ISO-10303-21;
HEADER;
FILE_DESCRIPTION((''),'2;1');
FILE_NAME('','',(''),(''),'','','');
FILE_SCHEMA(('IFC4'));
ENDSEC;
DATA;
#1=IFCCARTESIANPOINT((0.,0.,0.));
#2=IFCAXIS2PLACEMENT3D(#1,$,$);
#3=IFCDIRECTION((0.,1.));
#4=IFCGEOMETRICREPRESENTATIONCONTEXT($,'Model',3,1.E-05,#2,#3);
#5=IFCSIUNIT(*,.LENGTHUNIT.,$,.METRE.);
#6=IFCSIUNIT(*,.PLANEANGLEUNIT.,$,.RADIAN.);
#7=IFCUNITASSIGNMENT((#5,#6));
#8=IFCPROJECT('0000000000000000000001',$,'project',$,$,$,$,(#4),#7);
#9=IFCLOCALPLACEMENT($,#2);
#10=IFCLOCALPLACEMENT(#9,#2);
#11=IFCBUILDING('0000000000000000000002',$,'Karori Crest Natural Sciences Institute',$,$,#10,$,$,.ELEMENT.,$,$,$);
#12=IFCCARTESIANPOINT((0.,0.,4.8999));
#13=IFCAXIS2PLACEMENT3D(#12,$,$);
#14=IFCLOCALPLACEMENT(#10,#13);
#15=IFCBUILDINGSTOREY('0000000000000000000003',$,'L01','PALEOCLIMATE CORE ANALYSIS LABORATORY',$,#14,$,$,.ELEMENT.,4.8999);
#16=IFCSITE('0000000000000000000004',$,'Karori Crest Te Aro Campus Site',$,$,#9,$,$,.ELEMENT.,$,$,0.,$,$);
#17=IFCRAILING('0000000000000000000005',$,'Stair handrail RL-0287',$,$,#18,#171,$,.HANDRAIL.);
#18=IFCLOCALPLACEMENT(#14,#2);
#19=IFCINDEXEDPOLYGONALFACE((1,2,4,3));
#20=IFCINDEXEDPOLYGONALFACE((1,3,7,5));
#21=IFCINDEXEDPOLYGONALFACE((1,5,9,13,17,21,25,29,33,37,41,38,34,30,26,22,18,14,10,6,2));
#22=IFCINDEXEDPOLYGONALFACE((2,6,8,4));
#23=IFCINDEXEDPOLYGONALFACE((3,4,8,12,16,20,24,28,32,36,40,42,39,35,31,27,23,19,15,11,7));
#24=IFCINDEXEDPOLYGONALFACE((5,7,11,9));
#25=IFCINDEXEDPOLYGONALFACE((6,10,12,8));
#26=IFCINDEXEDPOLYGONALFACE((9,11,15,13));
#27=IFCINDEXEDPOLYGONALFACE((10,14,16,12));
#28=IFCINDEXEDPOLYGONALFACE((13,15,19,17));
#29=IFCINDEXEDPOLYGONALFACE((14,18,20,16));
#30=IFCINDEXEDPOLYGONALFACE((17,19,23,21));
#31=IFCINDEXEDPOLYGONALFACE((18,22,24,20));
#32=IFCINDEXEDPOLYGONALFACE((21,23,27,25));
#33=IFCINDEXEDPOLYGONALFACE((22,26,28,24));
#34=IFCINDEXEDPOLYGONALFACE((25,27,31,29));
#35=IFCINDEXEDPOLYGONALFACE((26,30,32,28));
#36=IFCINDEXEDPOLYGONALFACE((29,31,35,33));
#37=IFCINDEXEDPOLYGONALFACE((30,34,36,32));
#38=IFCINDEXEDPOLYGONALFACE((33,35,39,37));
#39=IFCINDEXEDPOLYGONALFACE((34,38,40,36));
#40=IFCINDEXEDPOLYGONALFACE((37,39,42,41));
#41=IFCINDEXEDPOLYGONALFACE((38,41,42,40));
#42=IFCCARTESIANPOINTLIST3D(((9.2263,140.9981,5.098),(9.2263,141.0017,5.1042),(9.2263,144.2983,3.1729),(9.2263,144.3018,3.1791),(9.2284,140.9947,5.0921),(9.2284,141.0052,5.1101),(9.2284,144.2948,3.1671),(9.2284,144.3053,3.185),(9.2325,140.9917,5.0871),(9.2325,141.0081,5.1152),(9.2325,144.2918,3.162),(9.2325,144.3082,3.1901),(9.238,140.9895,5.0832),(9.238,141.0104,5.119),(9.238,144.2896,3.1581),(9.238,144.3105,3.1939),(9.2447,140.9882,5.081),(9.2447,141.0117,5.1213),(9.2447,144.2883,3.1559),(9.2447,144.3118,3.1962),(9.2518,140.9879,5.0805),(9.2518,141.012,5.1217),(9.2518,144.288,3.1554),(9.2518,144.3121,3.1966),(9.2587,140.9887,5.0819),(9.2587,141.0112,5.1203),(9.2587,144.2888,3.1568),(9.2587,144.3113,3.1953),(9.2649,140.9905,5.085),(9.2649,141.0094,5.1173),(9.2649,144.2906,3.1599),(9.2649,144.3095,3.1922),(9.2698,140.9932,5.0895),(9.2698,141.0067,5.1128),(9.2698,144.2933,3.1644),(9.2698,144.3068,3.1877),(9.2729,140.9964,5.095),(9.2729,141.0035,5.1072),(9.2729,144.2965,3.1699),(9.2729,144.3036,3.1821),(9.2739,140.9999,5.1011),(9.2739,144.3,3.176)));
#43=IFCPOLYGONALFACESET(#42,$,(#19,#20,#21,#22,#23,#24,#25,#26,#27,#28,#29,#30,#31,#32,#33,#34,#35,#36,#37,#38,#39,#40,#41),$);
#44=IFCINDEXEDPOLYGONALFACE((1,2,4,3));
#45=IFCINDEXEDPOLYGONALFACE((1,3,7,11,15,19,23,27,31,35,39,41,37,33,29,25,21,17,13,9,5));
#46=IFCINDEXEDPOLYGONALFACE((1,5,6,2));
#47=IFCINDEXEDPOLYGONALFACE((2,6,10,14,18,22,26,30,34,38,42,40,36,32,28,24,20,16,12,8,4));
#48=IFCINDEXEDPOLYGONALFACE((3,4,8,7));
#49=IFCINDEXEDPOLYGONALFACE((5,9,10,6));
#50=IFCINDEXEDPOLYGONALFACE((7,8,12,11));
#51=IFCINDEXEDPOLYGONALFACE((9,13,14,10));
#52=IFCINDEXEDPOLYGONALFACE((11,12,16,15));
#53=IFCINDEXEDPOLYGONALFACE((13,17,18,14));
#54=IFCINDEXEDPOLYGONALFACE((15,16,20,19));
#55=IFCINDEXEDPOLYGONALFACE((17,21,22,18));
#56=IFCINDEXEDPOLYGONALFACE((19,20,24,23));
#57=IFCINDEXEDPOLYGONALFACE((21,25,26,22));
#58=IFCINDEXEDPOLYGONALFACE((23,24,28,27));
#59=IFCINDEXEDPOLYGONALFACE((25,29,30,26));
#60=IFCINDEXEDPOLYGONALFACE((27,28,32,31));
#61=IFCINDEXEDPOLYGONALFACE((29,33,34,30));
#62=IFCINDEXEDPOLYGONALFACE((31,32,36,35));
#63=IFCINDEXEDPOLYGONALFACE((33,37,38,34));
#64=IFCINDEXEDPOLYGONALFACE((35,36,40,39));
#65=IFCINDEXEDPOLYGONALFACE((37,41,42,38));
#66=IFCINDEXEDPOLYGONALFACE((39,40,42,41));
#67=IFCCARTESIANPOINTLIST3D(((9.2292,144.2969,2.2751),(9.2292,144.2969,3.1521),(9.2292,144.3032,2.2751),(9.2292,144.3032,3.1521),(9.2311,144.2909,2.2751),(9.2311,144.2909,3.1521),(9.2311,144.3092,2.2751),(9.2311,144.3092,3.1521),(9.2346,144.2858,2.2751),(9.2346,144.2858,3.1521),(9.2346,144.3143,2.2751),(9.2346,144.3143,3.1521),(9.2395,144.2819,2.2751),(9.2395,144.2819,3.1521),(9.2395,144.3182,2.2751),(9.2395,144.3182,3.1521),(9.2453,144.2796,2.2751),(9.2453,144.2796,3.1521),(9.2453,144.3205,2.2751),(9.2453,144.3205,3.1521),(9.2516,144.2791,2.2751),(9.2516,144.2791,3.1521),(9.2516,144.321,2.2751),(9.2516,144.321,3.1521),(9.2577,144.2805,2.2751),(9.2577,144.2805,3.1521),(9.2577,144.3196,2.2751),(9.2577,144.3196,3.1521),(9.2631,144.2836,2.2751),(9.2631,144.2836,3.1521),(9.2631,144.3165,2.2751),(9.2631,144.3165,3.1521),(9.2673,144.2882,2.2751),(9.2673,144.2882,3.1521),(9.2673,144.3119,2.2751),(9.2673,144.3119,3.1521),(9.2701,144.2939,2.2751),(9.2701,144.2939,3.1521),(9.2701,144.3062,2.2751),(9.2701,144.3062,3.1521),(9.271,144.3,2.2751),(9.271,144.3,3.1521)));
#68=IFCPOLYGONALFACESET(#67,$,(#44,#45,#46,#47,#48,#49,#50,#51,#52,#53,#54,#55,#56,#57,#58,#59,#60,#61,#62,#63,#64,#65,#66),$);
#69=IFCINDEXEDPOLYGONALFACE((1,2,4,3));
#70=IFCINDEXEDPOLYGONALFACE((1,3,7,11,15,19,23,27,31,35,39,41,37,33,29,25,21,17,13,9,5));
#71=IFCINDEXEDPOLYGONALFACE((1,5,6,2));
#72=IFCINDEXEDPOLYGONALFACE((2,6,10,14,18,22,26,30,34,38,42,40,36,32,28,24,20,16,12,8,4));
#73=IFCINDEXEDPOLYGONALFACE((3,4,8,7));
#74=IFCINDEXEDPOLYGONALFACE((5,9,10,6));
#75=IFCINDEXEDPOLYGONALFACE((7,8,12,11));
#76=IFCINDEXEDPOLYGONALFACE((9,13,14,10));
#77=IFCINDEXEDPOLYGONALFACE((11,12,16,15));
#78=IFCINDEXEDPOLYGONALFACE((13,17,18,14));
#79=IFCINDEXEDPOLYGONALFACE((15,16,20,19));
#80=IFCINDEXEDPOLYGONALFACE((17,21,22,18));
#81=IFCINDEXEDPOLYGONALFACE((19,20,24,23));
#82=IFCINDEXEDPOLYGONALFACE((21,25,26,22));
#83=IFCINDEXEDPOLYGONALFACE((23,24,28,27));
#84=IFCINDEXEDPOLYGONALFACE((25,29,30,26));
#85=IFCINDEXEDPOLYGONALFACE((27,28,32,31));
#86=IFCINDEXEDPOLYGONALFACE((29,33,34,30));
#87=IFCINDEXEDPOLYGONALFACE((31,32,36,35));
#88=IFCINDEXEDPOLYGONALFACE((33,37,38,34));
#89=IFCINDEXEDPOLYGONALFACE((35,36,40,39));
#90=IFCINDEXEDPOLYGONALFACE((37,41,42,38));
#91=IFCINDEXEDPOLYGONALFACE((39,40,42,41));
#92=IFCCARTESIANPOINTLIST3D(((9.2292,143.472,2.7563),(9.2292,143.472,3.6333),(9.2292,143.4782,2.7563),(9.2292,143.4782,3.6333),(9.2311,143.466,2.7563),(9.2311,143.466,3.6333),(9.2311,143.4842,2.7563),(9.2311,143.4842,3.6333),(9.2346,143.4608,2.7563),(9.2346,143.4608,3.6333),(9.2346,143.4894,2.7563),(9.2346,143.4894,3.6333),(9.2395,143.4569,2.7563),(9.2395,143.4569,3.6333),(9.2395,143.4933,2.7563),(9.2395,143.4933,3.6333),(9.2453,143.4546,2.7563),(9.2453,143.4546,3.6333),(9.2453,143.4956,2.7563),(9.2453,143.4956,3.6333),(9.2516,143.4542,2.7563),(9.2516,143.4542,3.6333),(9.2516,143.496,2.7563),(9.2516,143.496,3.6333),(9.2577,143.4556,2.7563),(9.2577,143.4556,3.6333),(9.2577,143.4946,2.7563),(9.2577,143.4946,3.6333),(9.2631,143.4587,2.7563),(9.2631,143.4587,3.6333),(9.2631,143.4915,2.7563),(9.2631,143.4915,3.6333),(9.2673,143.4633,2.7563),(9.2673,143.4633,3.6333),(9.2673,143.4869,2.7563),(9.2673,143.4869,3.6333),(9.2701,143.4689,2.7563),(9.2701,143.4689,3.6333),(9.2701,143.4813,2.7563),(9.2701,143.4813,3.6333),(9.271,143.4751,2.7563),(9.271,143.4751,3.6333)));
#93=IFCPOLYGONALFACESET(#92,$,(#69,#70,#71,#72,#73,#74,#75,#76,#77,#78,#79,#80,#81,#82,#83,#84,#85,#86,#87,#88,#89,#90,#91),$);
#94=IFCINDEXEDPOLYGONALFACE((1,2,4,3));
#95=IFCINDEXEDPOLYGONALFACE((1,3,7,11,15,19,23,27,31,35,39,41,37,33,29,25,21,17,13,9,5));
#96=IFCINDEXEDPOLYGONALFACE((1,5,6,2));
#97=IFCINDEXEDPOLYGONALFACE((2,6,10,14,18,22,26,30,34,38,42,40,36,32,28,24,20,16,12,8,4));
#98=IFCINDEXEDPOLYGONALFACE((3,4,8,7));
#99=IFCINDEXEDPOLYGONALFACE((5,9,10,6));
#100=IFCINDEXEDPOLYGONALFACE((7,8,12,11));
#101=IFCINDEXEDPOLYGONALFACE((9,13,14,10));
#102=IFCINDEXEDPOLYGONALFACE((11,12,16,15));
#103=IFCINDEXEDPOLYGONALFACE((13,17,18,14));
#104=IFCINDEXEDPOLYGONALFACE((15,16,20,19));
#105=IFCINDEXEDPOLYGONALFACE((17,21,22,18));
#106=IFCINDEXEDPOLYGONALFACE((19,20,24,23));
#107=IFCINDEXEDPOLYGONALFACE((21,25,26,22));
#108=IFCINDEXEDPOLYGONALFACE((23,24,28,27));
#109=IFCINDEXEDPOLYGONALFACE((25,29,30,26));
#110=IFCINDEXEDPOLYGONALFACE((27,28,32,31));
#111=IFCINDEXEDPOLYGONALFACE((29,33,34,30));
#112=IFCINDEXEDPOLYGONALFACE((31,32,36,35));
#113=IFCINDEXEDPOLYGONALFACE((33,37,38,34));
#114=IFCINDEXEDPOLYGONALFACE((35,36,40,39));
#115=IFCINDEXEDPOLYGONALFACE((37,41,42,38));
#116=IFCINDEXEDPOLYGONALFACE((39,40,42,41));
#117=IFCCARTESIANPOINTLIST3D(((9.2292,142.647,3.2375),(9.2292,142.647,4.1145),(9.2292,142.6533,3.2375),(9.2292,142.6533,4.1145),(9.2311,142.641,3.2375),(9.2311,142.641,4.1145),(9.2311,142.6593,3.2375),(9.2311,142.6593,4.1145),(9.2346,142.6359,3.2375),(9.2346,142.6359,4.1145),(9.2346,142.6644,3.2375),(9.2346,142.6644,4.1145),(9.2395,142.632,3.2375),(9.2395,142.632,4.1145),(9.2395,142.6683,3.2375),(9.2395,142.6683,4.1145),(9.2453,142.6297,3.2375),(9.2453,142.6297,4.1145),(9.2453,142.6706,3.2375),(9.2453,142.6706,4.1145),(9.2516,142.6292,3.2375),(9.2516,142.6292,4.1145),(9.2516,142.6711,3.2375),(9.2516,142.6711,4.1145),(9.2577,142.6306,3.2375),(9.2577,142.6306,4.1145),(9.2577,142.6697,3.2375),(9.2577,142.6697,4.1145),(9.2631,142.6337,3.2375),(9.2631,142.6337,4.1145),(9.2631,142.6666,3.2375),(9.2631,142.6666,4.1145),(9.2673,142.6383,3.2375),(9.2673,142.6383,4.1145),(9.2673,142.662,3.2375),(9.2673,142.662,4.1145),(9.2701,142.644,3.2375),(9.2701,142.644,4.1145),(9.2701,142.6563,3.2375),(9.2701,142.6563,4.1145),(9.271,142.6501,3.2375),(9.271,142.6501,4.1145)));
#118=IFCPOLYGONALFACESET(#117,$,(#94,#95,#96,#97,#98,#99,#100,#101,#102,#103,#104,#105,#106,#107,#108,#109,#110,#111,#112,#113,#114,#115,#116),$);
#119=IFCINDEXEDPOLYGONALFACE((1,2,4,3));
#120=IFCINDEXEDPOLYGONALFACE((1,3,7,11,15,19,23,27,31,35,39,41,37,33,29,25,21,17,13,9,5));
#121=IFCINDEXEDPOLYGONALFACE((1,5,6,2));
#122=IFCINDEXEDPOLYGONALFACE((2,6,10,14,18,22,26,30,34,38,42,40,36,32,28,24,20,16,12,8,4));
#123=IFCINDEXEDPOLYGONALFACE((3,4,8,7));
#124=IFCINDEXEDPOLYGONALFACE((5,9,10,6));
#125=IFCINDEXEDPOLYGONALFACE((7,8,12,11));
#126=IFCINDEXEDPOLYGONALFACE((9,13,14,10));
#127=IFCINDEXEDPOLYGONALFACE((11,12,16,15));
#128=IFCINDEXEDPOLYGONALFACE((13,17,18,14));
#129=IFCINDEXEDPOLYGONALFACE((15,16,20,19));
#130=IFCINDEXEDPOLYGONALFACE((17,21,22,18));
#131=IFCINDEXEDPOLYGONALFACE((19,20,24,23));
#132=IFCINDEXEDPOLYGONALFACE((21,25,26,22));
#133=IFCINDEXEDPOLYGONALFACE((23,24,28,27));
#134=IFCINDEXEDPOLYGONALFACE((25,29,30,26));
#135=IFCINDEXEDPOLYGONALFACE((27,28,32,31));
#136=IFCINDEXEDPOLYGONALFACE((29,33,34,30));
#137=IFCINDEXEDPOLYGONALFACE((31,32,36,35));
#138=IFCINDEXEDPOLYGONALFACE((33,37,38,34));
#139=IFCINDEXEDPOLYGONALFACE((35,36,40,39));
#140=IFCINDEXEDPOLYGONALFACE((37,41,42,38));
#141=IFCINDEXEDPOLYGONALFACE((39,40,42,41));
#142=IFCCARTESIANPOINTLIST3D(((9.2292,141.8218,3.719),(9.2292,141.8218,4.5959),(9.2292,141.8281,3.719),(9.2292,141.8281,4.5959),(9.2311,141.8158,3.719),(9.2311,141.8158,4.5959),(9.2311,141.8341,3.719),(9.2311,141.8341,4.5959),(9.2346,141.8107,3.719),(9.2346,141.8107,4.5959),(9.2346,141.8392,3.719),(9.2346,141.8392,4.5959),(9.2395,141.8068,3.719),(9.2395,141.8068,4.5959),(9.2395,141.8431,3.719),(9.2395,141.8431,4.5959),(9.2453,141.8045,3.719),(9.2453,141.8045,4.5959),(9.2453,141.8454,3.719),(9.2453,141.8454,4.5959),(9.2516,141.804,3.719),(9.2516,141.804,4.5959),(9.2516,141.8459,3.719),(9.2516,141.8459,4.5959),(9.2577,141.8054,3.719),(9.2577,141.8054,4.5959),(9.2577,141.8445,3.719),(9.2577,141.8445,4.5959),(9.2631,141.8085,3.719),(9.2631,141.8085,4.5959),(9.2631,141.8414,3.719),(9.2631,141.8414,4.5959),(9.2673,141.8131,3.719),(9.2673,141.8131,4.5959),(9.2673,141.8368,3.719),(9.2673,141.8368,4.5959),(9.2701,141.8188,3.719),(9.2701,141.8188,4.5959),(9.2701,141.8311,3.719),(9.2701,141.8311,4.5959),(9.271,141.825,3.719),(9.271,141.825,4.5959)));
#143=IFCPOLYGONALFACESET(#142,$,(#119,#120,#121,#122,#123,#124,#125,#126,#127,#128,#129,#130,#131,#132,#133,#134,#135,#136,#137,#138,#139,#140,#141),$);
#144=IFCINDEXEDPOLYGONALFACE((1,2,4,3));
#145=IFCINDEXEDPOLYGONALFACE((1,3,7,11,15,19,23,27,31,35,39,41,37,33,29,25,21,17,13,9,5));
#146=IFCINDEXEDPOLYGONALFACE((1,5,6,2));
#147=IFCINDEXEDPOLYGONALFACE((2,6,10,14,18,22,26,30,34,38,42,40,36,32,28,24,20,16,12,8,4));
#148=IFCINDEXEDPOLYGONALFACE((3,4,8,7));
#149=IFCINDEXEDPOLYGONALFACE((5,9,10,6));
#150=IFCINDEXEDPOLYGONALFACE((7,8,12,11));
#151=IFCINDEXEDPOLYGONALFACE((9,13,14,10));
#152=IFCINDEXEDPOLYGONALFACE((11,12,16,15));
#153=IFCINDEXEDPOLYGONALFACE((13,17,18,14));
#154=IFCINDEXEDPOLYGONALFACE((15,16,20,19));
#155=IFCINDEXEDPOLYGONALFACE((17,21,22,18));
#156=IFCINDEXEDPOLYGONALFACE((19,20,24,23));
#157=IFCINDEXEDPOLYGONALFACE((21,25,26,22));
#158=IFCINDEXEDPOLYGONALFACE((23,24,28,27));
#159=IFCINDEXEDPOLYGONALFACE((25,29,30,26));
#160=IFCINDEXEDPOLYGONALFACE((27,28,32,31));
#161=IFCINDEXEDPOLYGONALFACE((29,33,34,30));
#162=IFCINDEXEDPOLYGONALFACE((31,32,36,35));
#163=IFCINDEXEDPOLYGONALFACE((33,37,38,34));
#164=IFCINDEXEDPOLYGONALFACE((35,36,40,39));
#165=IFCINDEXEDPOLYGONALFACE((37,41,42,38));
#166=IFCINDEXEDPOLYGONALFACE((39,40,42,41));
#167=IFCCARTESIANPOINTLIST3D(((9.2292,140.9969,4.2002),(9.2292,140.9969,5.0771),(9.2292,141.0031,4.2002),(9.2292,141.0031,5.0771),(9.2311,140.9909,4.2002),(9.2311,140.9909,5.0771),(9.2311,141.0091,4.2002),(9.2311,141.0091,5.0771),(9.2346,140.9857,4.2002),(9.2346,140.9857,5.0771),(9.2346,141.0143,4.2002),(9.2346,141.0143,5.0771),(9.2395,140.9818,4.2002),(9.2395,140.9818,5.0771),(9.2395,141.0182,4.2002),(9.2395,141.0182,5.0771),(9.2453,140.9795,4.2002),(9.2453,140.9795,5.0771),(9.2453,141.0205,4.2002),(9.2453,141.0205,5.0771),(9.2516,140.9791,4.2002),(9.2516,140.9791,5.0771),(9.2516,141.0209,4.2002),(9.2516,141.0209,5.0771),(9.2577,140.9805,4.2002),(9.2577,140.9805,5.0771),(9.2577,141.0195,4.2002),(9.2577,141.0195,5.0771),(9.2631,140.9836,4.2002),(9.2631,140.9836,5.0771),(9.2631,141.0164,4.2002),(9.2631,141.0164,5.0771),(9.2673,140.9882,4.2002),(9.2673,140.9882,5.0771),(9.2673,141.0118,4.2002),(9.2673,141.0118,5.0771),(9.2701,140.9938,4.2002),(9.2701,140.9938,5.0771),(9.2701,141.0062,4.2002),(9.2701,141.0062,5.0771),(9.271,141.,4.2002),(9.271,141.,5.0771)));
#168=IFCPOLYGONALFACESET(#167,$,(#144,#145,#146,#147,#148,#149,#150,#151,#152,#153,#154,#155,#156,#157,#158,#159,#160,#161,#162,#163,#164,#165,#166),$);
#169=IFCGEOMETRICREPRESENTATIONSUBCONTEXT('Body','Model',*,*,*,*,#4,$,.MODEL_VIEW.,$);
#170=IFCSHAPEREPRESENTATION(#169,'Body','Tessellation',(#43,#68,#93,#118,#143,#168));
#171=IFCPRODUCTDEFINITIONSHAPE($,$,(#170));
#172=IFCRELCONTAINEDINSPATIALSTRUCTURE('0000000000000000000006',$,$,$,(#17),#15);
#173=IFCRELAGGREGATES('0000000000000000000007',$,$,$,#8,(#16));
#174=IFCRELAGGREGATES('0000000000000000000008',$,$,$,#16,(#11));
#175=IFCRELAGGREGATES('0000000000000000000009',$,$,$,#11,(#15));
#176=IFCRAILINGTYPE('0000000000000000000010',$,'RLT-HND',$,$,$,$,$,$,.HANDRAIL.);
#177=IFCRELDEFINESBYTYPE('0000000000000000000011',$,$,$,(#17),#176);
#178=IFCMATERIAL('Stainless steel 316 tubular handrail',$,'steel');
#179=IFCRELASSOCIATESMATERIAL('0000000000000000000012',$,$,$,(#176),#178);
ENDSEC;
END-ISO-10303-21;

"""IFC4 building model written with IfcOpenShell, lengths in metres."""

from ifc_helpers import new_model, si_unit, direction, frame, origin, origin_2d, place, context, subcontext, project, spatial, circle, extrude, material, type_object, element, save


model = new_model("IFC4")

# Units and contexts
model_context = context("Model", 3, precision=1e-05, world=origin(), true_north=direction((0.0, 1.0)))
body_context = subcontext(model_context, "Body", "Model", "MODEL_VIEW")
ifc_project = project(units=[si_unit("LENGTHUNIT", "METRE"), si_unit("PLANEANGLEUNIT", "RADIAN")], contexts=[model_context])

# Site, building, storey
site_placement = place(None, origin())
site = spatial("IfcSite", under=ifc_project, at=site_placement, Name="Karori Crest Te Aro Campus Site", CompositionType="ELEMENT", RefElevation=0.0)
building_placement = place(site_placement, origin())
building = spatial("IfcBuilding", under=site, at=building_placement, Name="Karori Crest Natural Sciences Institute", CompositionType="ELEMENT")
storey_placement = place(building_placement, frame((0.0, 0.0, 4.8999)))
storey = spatial("IfcBuildingStorey", under=building, at=storey_placement, Name="L01", Description="PALEOCLIMATE CORE ANALYSIS LABORATORY", CompositionType="ELEMENT", Elevation=4.8999)

# Railing
ifc_material_1 = material(Name="Stainless steel 316 tubular handrail", Category="steel")
railing_type_1 = type_object("IfcRailingType", Name="RLT-HND", PredefinedType="HANDRAIL", material=ifc_material_1)
railing_1_placement = place(storey_placement, frame((9.25, 144.3, 2.2751)))
element("IfcRailing", 1, at=railing_1_placement, inside=storey, type_object=railing_type_1, Name="Stair handrail RL-0287", PredefinedType="HANDRAIL", context=body_context, shape_type="SweptSolid", body=[
    extrude(circle(Radius=0.0239, at=origin_2d()), frame((0.0, 0.0, 0.9009), z_axis=(0.0, -0.863777, 0.503875), x_axis=(1.0, 0.0, 0.0)), (0.0, 0.0, 1.0), 3.8206),
    extrude(circle(Radius=0.021, at=origin_2d()), origin(), (0.0, 0.0, 1.0), 0.877),
    extrude(circle(Radius=0.021, at=origin_2d()), frame((0.0, -0.825, 0.4812)), (0.0, 0.0, 1.0), 0.877),
    extrude(circle(Radius=0.021, at=origin_2d()), frame((0.0, -1.6499, 0.9624)), (0.0, 0.0, 1.0), 0.877),
    extrude(circle(Radius=0.021, at=origin_2d()), frame((0.0, -2.4751, 1.4438)), (0.0, 0.0, 1.0), 0.877),
    extrude(circle(Radius=0.021, at=origin_2d()), frame((0.0, -3.3, 1.925)), (0.0, 0.0, 1.0), 0.877),
])

save(model, "model.ifc")
